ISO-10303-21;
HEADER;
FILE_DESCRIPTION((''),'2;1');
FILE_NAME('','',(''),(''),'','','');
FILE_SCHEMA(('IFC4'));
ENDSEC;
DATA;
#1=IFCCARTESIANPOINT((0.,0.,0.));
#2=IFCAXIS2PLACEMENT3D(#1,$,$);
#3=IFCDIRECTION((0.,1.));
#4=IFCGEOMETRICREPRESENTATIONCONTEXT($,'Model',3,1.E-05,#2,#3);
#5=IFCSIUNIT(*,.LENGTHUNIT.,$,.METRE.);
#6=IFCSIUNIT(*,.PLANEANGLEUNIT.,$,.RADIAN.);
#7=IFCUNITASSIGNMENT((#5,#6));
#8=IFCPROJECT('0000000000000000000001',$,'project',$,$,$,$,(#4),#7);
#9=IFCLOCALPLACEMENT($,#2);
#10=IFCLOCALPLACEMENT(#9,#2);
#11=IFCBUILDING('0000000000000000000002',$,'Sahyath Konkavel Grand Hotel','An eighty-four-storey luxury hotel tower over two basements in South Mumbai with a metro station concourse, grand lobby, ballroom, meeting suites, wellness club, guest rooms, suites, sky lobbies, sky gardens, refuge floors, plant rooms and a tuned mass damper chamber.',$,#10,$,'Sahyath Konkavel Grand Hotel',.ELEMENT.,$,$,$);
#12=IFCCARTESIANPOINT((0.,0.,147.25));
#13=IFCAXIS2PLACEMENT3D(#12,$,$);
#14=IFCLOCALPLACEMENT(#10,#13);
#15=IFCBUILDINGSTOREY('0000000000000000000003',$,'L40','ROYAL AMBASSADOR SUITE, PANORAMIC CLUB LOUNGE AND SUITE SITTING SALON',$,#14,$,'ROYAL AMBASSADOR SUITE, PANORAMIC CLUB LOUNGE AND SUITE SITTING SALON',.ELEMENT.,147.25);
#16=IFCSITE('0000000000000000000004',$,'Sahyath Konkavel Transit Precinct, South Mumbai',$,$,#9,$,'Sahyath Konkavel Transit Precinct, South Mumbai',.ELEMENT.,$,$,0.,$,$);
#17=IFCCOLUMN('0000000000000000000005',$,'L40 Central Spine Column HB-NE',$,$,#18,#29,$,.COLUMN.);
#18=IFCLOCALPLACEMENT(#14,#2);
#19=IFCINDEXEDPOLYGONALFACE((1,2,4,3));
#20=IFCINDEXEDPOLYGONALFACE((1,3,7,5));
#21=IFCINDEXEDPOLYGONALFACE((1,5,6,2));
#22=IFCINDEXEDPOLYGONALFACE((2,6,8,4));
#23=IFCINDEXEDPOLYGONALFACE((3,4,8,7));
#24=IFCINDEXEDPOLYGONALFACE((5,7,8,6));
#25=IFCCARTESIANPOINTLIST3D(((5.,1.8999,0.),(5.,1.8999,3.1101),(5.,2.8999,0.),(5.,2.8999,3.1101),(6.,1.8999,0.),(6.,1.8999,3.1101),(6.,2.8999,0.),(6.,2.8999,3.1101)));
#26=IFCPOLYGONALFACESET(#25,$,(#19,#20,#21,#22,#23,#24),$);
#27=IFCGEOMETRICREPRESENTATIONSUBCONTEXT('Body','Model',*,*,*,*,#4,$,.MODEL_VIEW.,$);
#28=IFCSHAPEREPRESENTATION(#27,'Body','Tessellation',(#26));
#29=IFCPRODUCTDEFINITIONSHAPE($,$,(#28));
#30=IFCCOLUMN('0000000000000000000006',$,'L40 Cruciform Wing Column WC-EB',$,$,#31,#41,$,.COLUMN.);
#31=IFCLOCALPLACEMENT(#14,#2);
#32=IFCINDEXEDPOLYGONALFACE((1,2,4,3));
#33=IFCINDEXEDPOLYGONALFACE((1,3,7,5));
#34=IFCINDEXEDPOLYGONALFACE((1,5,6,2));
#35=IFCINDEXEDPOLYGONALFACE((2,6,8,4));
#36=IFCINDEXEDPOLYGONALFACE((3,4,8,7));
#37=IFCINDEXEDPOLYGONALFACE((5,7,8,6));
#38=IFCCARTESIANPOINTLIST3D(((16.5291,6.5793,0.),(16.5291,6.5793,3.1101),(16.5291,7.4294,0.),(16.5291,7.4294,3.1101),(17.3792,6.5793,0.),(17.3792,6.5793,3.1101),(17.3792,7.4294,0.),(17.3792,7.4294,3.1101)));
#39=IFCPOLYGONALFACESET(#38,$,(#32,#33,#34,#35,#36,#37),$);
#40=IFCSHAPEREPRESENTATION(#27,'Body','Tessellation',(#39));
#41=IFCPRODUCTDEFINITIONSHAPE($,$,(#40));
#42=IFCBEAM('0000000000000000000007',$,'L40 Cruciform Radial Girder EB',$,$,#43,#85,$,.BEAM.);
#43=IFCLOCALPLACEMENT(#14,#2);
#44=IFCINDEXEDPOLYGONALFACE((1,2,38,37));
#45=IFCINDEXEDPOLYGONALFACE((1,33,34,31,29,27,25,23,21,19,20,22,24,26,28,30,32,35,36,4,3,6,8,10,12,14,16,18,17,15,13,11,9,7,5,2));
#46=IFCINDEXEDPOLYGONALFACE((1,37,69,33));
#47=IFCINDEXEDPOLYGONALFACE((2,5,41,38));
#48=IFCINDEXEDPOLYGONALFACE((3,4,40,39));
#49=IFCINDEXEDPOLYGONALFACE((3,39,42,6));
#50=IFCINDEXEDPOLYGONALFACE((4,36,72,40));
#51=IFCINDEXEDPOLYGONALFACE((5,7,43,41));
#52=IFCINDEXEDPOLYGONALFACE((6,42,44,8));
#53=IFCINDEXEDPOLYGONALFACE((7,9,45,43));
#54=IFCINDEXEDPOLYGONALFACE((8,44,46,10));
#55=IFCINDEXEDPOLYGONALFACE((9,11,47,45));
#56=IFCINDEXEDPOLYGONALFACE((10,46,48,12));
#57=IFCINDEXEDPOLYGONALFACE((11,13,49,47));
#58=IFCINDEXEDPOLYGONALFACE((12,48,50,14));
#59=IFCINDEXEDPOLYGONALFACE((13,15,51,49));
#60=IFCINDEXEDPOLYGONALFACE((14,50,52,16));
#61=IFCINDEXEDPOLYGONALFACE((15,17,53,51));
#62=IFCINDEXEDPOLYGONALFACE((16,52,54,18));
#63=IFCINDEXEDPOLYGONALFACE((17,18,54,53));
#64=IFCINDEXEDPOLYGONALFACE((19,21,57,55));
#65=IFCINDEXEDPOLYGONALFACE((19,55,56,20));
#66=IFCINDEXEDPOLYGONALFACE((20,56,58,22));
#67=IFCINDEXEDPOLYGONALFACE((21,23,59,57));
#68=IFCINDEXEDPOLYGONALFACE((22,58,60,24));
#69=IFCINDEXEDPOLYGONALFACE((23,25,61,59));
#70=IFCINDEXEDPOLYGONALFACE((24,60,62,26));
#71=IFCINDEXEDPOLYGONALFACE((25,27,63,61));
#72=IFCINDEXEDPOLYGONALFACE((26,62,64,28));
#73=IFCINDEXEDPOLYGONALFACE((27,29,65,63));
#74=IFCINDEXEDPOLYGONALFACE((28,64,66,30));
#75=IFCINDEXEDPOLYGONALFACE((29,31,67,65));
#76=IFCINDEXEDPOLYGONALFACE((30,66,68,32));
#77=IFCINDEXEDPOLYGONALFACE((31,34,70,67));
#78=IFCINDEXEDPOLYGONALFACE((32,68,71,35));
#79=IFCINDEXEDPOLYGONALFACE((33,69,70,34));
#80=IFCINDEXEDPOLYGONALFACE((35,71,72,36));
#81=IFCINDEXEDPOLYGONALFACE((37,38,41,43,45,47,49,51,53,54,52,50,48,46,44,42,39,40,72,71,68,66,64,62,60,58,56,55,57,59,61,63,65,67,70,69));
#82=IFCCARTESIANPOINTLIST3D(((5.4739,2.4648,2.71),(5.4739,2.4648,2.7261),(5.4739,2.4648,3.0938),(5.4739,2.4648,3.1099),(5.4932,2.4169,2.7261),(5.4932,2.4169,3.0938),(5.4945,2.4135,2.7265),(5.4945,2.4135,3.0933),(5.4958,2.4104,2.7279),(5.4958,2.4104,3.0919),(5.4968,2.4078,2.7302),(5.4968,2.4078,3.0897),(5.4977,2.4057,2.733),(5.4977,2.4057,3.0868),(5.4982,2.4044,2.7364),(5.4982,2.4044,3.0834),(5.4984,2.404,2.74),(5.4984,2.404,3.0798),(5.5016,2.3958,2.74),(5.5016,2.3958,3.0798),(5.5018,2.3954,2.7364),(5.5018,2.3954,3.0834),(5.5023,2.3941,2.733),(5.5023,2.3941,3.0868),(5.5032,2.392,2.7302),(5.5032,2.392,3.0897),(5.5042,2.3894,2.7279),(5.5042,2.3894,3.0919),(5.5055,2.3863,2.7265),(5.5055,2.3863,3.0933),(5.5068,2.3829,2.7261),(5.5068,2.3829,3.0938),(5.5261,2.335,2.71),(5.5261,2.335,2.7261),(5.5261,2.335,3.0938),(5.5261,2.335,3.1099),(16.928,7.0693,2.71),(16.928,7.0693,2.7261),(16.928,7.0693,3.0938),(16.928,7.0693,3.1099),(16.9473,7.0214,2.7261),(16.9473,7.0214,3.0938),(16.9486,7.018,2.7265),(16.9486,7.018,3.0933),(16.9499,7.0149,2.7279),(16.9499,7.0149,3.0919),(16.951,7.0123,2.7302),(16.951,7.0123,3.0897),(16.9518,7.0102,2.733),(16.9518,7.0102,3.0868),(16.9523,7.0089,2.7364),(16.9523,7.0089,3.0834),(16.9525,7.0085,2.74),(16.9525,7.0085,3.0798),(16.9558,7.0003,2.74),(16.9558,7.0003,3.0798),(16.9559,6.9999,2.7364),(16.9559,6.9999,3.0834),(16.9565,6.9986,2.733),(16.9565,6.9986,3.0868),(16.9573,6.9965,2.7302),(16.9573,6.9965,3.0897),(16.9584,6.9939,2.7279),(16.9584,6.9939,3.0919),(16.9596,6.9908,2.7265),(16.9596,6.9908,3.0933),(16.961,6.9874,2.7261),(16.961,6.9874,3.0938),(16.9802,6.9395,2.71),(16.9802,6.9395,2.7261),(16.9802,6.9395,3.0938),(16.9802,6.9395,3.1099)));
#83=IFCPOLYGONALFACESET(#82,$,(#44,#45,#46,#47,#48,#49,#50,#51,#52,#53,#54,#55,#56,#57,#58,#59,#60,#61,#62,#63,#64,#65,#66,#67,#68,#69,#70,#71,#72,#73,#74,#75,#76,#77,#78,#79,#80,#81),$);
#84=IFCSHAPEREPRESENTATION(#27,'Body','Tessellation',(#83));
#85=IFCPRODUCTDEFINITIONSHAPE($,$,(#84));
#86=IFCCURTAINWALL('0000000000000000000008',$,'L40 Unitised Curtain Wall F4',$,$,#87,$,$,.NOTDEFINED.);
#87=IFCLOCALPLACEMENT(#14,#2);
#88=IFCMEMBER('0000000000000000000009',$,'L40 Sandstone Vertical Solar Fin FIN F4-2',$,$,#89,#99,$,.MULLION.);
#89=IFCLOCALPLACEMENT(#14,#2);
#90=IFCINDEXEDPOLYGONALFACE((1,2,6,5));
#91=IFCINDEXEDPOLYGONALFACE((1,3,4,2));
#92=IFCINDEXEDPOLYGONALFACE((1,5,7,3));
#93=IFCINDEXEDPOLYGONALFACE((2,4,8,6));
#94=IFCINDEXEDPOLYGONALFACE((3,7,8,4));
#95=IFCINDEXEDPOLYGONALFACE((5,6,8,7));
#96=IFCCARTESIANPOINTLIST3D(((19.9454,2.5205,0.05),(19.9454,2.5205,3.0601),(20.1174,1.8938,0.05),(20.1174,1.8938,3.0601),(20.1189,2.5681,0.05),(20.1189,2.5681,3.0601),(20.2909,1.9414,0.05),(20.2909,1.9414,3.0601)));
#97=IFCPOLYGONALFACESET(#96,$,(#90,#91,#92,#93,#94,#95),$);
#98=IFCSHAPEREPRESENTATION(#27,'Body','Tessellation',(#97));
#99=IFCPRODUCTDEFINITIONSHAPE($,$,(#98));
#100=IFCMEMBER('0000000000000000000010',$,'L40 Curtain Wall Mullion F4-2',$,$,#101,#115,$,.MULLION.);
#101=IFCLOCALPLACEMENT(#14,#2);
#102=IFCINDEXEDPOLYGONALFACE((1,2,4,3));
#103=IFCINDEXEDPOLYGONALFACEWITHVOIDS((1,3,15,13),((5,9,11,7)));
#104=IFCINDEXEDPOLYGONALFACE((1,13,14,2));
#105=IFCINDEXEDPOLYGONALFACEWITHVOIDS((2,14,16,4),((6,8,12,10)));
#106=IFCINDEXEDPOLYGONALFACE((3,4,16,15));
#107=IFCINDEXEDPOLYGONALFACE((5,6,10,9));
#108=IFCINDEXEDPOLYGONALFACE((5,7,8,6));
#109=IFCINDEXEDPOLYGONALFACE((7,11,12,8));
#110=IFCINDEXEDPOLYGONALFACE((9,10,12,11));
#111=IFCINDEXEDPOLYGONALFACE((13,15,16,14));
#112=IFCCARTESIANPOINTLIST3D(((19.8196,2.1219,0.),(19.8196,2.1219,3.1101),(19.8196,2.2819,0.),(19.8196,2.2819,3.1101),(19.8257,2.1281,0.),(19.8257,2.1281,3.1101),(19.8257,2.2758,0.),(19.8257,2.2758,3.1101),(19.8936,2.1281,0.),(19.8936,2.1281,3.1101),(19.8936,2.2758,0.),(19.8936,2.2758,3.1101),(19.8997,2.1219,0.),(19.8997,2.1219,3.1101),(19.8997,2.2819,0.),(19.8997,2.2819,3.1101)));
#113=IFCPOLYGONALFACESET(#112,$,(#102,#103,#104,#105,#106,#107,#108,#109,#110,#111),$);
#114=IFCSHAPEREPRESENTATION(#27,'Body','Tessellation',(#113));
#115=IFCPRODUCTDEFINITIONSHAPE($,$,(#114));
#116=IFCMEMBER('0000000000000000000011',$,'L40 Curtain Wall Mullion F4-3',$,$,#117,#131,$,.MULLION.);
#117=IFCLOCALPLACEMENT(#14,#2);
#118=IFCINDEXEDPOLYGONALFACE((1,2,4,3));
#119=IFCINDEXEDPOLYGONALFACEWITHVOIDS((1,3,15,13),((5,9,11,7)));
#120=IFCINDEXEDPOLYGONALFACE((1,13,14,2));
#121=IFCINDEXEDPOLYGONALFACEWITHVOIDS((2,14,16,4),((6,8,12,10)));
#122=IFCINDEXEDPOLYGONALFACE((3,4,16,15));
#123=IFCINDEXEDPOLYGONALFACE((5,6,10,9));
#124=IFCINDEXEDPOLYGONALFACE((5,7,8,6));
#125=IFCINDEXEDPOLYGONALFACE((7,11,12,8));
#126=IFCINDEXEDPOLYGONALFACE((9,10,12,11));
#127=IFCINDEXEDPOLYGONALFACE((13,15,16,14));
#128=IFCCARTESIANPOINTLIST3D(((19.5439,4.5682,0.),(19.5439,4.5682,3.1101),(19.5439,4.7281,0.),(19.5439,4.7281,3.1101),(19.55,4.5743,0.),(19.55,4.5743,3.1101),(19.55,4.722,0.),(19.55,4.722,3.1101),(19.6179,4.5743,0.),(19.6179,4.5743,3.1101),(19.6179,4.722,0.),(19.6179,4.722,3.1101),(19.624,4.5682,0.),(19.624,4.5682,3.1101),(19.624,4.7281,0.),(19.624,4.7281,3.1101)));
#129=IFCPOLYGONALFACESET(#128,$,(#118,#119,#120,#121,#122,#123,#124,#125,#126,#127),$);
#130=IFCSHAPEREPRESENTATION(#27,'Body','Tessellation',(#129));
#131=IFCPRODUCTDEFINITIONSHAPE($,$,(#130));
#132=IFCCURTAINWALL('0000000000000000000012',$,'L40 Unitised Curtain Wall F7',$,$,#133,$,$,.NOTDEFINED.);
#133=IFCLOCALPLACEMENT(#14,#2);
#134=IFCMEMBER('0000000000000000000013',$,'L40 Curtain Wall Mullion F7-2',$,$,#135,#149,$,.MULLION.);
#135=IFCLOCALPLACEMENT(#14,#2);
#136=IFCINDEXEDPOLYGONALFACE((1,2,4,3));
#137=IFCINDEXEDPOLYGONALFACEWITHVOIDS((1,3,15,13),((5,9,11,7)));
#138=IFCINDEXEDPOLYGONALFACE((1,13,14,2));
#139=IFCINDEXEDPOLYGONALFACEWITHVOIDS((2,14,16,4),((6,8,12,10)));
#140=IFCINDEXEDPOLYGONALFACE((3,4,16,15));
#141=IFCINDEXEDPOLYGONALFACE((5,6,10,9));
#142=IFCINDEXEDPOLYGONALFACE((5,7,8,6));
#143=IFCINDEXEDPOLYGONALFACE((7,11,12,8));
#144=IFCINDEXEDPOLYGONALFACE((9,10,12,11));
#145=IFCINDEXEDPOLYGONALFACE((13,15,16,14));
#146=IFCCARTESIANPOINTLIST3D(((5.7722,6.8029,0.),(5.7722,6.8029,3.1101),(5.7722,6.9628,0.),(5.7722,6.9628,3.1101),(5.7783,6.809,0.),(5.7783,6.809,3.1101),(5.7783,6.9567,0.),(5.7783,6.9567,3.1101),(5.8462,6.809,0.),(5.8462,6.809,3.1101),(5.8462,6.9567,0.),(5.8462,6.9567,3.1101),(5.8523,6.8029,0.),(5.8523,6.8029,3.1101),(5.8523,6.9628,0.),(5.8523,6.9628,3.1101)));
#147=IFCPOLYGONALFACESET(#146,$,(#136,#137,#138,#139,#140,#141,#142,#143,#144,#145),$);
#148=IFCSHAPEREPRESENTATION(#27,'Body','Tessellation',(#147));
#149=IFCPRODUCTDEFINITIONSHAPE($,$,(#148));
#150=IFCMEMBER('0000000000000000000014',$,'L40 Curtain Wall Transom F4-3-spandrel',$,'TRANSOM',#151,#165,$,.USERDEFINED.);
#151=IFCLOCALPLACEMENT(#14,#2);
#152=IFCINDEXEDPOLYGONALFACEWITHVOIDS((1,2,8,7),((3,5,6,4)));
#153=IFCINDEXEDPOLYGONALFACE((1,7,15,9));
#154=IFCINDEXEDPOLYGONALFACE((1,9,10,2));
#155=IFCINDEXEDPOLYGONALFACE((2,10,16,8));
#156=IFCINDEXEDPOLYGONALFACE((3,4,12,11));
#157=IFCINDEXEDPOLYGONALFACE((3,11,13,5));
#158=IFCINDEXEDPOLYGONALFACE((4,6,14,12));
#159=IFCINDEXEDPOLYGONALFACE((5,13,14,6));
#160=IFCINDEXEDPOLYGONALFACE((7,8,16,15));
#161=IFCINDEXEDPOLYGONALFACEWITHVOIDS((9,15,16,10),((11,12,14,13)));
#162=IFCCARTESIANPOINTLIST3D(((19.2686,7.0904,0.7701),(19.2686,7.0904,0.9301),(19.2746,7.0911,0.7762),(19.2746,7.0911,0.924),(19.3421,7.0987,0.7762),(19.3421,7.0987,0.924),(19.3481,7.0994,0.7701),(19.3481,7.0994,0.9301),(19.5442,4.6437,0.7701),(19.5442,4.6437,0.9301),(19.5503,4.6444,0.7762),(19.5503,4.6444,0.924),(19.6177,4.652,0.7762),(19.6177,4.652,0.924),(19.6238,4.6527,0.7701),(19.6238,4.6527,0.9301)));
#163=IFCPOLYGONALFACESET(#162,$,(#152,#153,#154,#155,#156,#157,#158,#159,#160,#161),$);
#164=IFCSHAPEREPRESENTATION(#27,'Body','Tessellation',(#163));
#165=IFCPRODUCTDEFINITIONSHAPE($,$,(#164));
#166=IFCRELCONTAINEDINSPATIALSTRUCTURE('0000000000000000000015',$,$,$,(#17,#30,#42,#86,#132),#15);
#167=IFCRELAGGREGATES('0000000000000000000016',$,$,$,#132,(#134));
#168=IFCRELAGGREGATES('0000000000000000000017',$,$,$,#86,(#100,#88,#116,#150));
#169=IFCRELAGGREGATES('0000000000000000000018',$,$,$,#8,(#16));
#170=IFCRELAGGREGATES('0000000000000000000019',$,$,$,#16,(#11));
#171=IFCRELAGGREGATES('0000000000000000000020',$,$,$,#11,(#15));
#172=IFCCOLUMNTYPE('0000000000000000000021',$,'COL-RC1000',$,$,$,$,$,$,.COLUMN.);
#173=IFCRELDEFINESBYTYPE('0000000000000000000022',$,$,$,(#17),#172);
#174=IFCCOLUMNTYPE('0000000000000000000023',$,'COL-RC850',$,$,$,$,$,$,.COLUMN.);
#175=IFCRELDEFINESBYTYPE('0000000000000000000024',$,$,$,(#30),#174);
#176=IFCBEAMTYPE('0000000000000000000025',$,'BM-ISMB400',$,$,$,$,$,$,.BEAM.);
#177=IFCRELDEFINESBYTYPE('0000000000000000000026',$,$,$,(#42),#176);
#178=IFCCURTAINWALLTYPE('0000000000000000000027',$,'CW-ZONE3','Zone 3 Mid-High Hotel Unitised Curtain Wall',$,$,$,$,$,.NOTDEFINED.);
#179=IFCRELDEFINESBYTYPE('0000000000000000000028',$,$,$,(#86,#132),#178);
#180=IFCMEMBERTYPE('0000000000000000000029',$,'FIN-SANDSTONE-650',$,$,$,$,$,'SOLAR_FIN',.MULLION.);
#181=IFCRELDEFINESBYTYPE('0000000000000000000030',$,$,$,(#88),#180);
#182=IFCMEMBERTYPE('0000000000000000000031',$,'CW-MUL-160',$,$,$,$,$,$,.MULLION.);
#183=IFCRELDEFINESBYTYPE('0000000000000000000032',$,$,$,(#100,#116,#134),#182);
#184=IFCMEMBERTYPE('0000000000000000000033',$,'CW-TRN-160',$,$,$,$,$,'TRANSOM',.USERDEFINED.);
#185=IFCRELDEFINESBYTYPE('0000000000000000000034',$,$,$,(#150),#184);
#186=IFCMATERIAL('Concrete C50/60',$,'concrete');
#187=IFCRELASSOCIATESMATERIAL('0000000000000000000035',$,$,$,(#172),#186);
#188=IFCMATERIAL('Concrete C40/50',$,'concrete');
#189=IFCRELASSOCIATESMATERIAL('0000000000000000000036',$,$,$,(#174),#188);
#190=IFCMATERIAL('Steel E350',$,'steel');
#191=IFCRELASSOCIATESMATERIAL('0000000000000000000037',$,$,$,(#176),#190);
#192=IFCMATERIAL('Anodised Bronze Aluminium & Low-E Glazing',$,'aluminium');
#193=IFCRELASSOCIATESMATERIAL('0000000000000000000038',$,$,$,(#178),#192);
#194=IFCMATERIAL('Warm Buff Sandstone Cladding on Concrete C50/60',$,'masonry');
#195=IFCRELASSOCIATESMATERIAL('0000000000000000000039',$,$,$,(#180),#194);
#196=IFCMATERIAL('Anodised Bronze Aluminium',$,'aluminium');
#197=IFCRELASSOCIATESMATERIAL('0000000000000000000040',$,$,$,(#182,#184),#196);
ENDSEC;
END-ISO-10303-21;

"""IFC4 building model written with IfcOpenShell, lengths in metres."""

from ifc_helpers import new_model, si_unit, direction, frame, origin, origin_2d, place, context, subcontext, project, spatial, rectangle, hollow_rectangle, i_section, extrude, source, transform, mapped, material, material_profile, profile_set, type_object, element, aggregate, save


model = new_model("IFC4")

# Units and contexts
model_context = context("Model", 3, precision=1e-05, world=origin(), true_north=direction((0.0, 1.0)))
body_context = subcontext(model_context, "Body", "Model", "MODEL_VIEW")
ifc_project = project(units=[si_unit("LENGTHUNIT", "METRE"), si_unit("PLANEANGLEUNIT", "RADIAN")], contexts=[model_context])

# Site, building, storey
site_placement = place(None, origin())
site = spatial("IfcSite", under=ifc_project, at=site_placement, Name="Sahyath Konkavel Transit Precinct, South Mumbai", LongName="Sahyath Konkavel Transit Precinct, South Mumbai", CompositionType="ELEMENT", RefElevation=0.0)
building_placement = place(site_placement, origin())
building = spatial("IfcBuilding", under=site, at=building_placement, Name="Sahyath Konkavel Grand Hotel", Description="An eighty-four-storey luxury hotel tower over two basements in South Mumbai with a metro station concourse, grand lobby, ballroom, meeting suites, wellness club, guest rooms, suites, sky lobbies, sky gardens, refuge floors, plant rooms and a tuned mass damper chamber.", LongName="Sahyath Konkavel Grand Hotel", CompositionType="ELEMENT")
storey_placement = place(building_placement, frame((0.0, 0.0, 147.25)))
storey = spatial("IfcBuildingStorey", under=building, at=storey_placement, Name="L40", Description="ROYAL AMBASSADOR SUITE, PANORAMIC CLUB LOUNGE AND SUITE SITTING SALON", LongName="ROYAL AMBASSADOR SUITE, PANORAMIC CLUB LOUNGE AND SUITE SITTING SALON", CompositionType="ELEMENT", Elevation=147.25)

# Columns
ifc_material_1 = material(Name="Concrete C50/60", Category="concrete")
ifc_material_profile_1 = material_profile(ifc_material_1, rectangle(XDim=1.0, YDim=1.0, at=origin_2d()), Name="RC 1000x1000")
ifc_profile_set_1 = profile_set([ifc_material_profile_1], Name="Concrete C50/60")
column_type_1 = type_object("IfcColumnType", Name="COL-RC1000", PredefinedType="COLUMN", material=ifc_profile_set_1)
shared_shape_1 = source(origin(), body_context, "Body", "SweptSolid", [
    extrude(rectangle(XDim=1.0, YDim=1.0, at=origin_2d()), origin(), (0.0, 0.0, 1.0), 3.1101),
])
column_1_placement = place(storey_placement, frame((5.5, 2.3999, 0.0), z_axis=(0.0, 0.0, 1.0), x_axis=(1.0, 0.0, 0.0)))
element("IfcColumn", 1, at=column_1_placement, inside=storey, type_object=column_type_1, Name="L40 Central Spine Column HB-NE", PredefinedType="COLUMN", context=body_context, shape_type="MappedRepresentation", body=[
    mapped(shared_shape_1, transform((0.0, 0.0, 0.0), scale=1.0)),
])
ifc_material_2 = material(Name="Concrete C40/50", Category="concrete")
ifc_material_profile_2 = material_profile(ifc_material_2, rectangle(XDim=0.8501, YDim=0.8501, at=origin_2d()), Name="RC 850x850")
ifc_profile_set_2 = profile_set([ifc_material_profile_2], Name="Concrete C40/50")
column_type_2 = type_object("IfcColumnType", Name="COL-RC850", PredefinedType="COLUMN", material=ifc_profile_set_2)
shared_shape_2 = source(origin(), body_context, "Body", "SweptSolid", [
    extrude(rectangle(XDim=0.8501, YDim=0.8501, at=origin_2d()), origin(), (0.0, 0.0, 1.0), 3.1101),
])
column_2_placement = place(storey_placement, frame((16.9541, 7.0044, 0.0), z_axis=(0.0, 0.0, 1.0), x_axis=(1.0, 0.0, 0.0)))
element("IfcColumn", 2, at=column_2_placement, inside=storey, type_object=column_type_2, Name="L40 Cruciform Wing Column WC-EB", PredefinedType="COLUMN", context=body_context, shape_type="MappedRepresentation", body=[
    mapped(shared_shape_2, transform((0.0, 0.0, 0.0), scale=1.0)),
])

# Beam
ifc_material_3 = material(Name="Steel E350", Category="steel")
ifc_material_profile_3 = material_profile(ifc_material_3, i_section(OverallWidth=0.1399, OverallDepth=0.3999, WebThickness=0.0088, FlangeThickness=0.0161, FilletRadius=0.0139, at=origin_2d()), Name="ISMB 400")
ifc_profile_set_3 = profile_set([ifc_material_profile_3], Name="Steel E350")
beam_type_1 = type_object("IfcBeamType", Name="BM-ISMB400", PredefinedType="BEAM", material=ifc_profile_set_3)
shared_shape_3 = source(origin(), body_context, "Body", "SweptSolid", [
    extrude(i_section(OverallWidth=0.1399, OverallDepth=0.3999, WebThickness=0.0088, FlangeThickness=0.0161, FilletRadius=0.0139, at=origin_2d()), origin(), (0.0, 0.0, 1.0), 12.345),
])
beam_1_placement = place(storey_placement, frame((5.5, 2.3999, 2.9099), z_axis=(0.927837, 0.372986, 0.0), x_axis=(-0.372986, 0.927837, 0.0)))
element("IfcBeam", 3, at=beam_1_placement, inside=storey, type_object=beam_type_1, Name="L40 Cruciform Radial Girder EB", PredefinedType="BEAM", context=body_context, shape_type="MappedRepresentation", body=[
    mapped(shared_shape_3, transform((0.0, 0.0, 0.0), scale=1.0)),
])

# Curtain wall, members
ifc_material_4 = material(Name="Anodised Bronze Aluminium & Low-E Glazing", Category="aluminium")
curtain_wall_type = type_object("IfcCurtainWallType", Name="CW-ZONE3", Description="Zone 3 Mid-High Hotel Unitised Curtain Wall", PredefinedType="NOTDEFINED", material=ifc_material_4)
curtain_wall_1_placement = place(storey_placement, origin())
curtain_wall_1 = element("IfcCurtainWall", 4, at=curtain_wall_1_placement, inside=storey, type_object=curtain_wall_type, Name="L40 Unitised Curtain Wall F4", PredefinedType="NOTDEFINED")
ifc_material_5 = material(Name="Warm Buff Sandstone Cladding on Concrete C50/60", Category="masonry")
ifc_material_profile_4 = material_profile(ifc_material_5, rectangle(XDim=0.1799, YDim=0.6499, at=origin_2d()), Name="FIN 180x650")
ifc_profile_set_4 = profile_set([ifc_material_profile_4], Name="Warm Buff Sandstone Cladding on Concrete C50/60")
member_type_1 = type_object("IfcMemberType", Name="FIN-SANDSTONE-650", ElementType="SOLAR_FIN", PredefinedType="MULLION", material=ifc_profile_set_4)
shared_shape_4 = source(origin(), body_context, "Body", "SweptSolid", [
    extrude(rectangle(XDim=0.1799, YDim=0.6499, at=origin_2d()), origin(), (0.0, 0.0, 1.0), 3.01),
])
member_1_placement = place(storey_placement, frame((20.1182, 2.231, 0.05), z_axis=(0.0, 0.0, 1.0), x_axis=(0.964327, 0.264715, 0.0)))
member_1 = element("IfcMember", 5, at=member_1_placement, type_object=member_type_1, Name="L40 Sandstone Vertical Solar Fin FIN F4-2", PredefinedType="MULLION", context=body_context, shape_type="MappedRepresentation", body=[
    mapped(shared_shape_4, transform((0.0, 0.0, 0.0), scale=1.0)),
])
ifc_material_6 = material(Name="Anodised Bronze Aluminium", Category="aluminium")
ifc_material_profile_5 = material_profile(ifc_material_6, hollow_rectangle(XDim=0.0801, YDim=0.1599, WallThickness=0.0061, at=origin_2d()), Name="RHS 160x80x6")
ifc_profile_set_5 = profile_set([ifc_material_profile_5], Name="Anodised Bronze Aluminium")
member_type_2 = type_object("IfcMemberType", Name="CW-MUL-160", PredefinedType="MULLION", material=ifc_profile_set_5)
shared_shape_5 = source(origin(), body_context, "Body", "SweptSolid", [
    extrude(hollow_rectangle(XDim=0.0801, YDim=0.1599, WallThickness=0.0061, at=origin_2d()), origin(), (0.0, 0.0, 1.0), 3.1101),
])
member_2_placement = place(storey_placement, frame((19.8596, 2.2019, 0.0), z_axis=(0.0, 0.0, 1.0), x_axis=(1.0, 0.0, 0.0)))
member_2 = element("IfcMember", 6, at=member_2_placement, type_object=member_type_2, Name="L40 Curtain Wall Mullion F4-2", PredefinedType="MULLION", context=body_context, shape_type="MappedRepresentation", body=[
    mapped(shared_shape_5, transform((0.0, 0.0, 0.0), scale=1.0)),
])
member_3_placement = place(storey_placement, frame((19.584, 4.6482, 0.0), z_axis=(0.0, 0.0, 1.0), x_axis=(1.0, 0.0, 0.0)))
member_3 = element("IfcMember", 7, at=member_3_placement, type_object=member_type_2, Name="L40 Curtain Wall Mullion F4-3", PredefinedType="MULLION", context=body_context, shape_type="MappedRepresentation", body=[
    mapped(shared_shape_5, transform((0.0, 0.0, 0.0), scale=1.0)),
])

# Curtain wall, member
curtain_wall_2_placement = place(storey_placement, origin())
curtain_wall_2 = element("IfcCurtainWall", 8, at=curtain_wall_2_placement, inside=storey, type_object=curtain_wall_type, Name="L40 Unitised Curtain Wall F7", PredefinedType="NOTDEFINED")
member_4_placement = place(storey_placement, frame((5.8123, 6.8828, 0.0), z_axis=(0.0, 0.0, 1.0), x_axis=(1.0, 0.0, 0.0)))
member_4 = element("IfcMember", 9, at=member_4_placement, type_object=member_type_2, Name="L40 Curtain Wall Mullion F7-2", PredefinedType="MULLION", context=body_context, shape_type="MappedRepresentation", body=[
    mapped(shared_shape_5, transform((0.0, 0.0, 0.0), scale=1.0)),
])
aggregate(curtain_wall_2, [member_4])

# Member
ifc_material_profile_6 = material_profile(ifc_material_6, hollow_rectangle(XDim=0.0801, YDim=0.1599, WallThickness=0.0061, at=origin_2d()), Name="RHS 160x80x6")
ifc_profile_set_6 = profile_set([ifc_material_profile_6], Name="Anodised Bronze Aluminium")
member_type_3 = type_object("IfcMemberType", Name="CW-TRN-160", ElementType="TRANSOM", PredefinedType="USERDEFINED", material=ifc_profile_set_6)
shared_shape_6 = source(origin(), body_context, "Body", "SweptSolid", [
    extrude(hollow_rectangle(XDim=0.0801, YDim=0.1599, WallThickness=0.0061, at=origin_2d()), origin(), (0.0, 0.0, 1.0), 2.4622),
])
member_5_placement = place(storey_placement, frame((19.584, 4.6482, 0.8501), z_axis=(-0.111944, 0.993715, 0.0), x_axis=(-0.993715, -0.111944, 0.0)))
member_5 = element("IfcMember", 10, at=member_5_placement, type_object=member_type_3, Name="L40 Curtain Wall Transom F4-3-spandrel", ObjectType="TRANSOM", PredefinedType="USERDEFINED", context=body_context, shape_type="MappedRepresentation", body=[
    mapped(shared_shape_6, transform((0.0, 0.0, 0.0), scale=1.0)),
])

aggregate(curtain_wall_1, [member_2, member_1, member_3, member_5])

save(model, "model.ifc")
